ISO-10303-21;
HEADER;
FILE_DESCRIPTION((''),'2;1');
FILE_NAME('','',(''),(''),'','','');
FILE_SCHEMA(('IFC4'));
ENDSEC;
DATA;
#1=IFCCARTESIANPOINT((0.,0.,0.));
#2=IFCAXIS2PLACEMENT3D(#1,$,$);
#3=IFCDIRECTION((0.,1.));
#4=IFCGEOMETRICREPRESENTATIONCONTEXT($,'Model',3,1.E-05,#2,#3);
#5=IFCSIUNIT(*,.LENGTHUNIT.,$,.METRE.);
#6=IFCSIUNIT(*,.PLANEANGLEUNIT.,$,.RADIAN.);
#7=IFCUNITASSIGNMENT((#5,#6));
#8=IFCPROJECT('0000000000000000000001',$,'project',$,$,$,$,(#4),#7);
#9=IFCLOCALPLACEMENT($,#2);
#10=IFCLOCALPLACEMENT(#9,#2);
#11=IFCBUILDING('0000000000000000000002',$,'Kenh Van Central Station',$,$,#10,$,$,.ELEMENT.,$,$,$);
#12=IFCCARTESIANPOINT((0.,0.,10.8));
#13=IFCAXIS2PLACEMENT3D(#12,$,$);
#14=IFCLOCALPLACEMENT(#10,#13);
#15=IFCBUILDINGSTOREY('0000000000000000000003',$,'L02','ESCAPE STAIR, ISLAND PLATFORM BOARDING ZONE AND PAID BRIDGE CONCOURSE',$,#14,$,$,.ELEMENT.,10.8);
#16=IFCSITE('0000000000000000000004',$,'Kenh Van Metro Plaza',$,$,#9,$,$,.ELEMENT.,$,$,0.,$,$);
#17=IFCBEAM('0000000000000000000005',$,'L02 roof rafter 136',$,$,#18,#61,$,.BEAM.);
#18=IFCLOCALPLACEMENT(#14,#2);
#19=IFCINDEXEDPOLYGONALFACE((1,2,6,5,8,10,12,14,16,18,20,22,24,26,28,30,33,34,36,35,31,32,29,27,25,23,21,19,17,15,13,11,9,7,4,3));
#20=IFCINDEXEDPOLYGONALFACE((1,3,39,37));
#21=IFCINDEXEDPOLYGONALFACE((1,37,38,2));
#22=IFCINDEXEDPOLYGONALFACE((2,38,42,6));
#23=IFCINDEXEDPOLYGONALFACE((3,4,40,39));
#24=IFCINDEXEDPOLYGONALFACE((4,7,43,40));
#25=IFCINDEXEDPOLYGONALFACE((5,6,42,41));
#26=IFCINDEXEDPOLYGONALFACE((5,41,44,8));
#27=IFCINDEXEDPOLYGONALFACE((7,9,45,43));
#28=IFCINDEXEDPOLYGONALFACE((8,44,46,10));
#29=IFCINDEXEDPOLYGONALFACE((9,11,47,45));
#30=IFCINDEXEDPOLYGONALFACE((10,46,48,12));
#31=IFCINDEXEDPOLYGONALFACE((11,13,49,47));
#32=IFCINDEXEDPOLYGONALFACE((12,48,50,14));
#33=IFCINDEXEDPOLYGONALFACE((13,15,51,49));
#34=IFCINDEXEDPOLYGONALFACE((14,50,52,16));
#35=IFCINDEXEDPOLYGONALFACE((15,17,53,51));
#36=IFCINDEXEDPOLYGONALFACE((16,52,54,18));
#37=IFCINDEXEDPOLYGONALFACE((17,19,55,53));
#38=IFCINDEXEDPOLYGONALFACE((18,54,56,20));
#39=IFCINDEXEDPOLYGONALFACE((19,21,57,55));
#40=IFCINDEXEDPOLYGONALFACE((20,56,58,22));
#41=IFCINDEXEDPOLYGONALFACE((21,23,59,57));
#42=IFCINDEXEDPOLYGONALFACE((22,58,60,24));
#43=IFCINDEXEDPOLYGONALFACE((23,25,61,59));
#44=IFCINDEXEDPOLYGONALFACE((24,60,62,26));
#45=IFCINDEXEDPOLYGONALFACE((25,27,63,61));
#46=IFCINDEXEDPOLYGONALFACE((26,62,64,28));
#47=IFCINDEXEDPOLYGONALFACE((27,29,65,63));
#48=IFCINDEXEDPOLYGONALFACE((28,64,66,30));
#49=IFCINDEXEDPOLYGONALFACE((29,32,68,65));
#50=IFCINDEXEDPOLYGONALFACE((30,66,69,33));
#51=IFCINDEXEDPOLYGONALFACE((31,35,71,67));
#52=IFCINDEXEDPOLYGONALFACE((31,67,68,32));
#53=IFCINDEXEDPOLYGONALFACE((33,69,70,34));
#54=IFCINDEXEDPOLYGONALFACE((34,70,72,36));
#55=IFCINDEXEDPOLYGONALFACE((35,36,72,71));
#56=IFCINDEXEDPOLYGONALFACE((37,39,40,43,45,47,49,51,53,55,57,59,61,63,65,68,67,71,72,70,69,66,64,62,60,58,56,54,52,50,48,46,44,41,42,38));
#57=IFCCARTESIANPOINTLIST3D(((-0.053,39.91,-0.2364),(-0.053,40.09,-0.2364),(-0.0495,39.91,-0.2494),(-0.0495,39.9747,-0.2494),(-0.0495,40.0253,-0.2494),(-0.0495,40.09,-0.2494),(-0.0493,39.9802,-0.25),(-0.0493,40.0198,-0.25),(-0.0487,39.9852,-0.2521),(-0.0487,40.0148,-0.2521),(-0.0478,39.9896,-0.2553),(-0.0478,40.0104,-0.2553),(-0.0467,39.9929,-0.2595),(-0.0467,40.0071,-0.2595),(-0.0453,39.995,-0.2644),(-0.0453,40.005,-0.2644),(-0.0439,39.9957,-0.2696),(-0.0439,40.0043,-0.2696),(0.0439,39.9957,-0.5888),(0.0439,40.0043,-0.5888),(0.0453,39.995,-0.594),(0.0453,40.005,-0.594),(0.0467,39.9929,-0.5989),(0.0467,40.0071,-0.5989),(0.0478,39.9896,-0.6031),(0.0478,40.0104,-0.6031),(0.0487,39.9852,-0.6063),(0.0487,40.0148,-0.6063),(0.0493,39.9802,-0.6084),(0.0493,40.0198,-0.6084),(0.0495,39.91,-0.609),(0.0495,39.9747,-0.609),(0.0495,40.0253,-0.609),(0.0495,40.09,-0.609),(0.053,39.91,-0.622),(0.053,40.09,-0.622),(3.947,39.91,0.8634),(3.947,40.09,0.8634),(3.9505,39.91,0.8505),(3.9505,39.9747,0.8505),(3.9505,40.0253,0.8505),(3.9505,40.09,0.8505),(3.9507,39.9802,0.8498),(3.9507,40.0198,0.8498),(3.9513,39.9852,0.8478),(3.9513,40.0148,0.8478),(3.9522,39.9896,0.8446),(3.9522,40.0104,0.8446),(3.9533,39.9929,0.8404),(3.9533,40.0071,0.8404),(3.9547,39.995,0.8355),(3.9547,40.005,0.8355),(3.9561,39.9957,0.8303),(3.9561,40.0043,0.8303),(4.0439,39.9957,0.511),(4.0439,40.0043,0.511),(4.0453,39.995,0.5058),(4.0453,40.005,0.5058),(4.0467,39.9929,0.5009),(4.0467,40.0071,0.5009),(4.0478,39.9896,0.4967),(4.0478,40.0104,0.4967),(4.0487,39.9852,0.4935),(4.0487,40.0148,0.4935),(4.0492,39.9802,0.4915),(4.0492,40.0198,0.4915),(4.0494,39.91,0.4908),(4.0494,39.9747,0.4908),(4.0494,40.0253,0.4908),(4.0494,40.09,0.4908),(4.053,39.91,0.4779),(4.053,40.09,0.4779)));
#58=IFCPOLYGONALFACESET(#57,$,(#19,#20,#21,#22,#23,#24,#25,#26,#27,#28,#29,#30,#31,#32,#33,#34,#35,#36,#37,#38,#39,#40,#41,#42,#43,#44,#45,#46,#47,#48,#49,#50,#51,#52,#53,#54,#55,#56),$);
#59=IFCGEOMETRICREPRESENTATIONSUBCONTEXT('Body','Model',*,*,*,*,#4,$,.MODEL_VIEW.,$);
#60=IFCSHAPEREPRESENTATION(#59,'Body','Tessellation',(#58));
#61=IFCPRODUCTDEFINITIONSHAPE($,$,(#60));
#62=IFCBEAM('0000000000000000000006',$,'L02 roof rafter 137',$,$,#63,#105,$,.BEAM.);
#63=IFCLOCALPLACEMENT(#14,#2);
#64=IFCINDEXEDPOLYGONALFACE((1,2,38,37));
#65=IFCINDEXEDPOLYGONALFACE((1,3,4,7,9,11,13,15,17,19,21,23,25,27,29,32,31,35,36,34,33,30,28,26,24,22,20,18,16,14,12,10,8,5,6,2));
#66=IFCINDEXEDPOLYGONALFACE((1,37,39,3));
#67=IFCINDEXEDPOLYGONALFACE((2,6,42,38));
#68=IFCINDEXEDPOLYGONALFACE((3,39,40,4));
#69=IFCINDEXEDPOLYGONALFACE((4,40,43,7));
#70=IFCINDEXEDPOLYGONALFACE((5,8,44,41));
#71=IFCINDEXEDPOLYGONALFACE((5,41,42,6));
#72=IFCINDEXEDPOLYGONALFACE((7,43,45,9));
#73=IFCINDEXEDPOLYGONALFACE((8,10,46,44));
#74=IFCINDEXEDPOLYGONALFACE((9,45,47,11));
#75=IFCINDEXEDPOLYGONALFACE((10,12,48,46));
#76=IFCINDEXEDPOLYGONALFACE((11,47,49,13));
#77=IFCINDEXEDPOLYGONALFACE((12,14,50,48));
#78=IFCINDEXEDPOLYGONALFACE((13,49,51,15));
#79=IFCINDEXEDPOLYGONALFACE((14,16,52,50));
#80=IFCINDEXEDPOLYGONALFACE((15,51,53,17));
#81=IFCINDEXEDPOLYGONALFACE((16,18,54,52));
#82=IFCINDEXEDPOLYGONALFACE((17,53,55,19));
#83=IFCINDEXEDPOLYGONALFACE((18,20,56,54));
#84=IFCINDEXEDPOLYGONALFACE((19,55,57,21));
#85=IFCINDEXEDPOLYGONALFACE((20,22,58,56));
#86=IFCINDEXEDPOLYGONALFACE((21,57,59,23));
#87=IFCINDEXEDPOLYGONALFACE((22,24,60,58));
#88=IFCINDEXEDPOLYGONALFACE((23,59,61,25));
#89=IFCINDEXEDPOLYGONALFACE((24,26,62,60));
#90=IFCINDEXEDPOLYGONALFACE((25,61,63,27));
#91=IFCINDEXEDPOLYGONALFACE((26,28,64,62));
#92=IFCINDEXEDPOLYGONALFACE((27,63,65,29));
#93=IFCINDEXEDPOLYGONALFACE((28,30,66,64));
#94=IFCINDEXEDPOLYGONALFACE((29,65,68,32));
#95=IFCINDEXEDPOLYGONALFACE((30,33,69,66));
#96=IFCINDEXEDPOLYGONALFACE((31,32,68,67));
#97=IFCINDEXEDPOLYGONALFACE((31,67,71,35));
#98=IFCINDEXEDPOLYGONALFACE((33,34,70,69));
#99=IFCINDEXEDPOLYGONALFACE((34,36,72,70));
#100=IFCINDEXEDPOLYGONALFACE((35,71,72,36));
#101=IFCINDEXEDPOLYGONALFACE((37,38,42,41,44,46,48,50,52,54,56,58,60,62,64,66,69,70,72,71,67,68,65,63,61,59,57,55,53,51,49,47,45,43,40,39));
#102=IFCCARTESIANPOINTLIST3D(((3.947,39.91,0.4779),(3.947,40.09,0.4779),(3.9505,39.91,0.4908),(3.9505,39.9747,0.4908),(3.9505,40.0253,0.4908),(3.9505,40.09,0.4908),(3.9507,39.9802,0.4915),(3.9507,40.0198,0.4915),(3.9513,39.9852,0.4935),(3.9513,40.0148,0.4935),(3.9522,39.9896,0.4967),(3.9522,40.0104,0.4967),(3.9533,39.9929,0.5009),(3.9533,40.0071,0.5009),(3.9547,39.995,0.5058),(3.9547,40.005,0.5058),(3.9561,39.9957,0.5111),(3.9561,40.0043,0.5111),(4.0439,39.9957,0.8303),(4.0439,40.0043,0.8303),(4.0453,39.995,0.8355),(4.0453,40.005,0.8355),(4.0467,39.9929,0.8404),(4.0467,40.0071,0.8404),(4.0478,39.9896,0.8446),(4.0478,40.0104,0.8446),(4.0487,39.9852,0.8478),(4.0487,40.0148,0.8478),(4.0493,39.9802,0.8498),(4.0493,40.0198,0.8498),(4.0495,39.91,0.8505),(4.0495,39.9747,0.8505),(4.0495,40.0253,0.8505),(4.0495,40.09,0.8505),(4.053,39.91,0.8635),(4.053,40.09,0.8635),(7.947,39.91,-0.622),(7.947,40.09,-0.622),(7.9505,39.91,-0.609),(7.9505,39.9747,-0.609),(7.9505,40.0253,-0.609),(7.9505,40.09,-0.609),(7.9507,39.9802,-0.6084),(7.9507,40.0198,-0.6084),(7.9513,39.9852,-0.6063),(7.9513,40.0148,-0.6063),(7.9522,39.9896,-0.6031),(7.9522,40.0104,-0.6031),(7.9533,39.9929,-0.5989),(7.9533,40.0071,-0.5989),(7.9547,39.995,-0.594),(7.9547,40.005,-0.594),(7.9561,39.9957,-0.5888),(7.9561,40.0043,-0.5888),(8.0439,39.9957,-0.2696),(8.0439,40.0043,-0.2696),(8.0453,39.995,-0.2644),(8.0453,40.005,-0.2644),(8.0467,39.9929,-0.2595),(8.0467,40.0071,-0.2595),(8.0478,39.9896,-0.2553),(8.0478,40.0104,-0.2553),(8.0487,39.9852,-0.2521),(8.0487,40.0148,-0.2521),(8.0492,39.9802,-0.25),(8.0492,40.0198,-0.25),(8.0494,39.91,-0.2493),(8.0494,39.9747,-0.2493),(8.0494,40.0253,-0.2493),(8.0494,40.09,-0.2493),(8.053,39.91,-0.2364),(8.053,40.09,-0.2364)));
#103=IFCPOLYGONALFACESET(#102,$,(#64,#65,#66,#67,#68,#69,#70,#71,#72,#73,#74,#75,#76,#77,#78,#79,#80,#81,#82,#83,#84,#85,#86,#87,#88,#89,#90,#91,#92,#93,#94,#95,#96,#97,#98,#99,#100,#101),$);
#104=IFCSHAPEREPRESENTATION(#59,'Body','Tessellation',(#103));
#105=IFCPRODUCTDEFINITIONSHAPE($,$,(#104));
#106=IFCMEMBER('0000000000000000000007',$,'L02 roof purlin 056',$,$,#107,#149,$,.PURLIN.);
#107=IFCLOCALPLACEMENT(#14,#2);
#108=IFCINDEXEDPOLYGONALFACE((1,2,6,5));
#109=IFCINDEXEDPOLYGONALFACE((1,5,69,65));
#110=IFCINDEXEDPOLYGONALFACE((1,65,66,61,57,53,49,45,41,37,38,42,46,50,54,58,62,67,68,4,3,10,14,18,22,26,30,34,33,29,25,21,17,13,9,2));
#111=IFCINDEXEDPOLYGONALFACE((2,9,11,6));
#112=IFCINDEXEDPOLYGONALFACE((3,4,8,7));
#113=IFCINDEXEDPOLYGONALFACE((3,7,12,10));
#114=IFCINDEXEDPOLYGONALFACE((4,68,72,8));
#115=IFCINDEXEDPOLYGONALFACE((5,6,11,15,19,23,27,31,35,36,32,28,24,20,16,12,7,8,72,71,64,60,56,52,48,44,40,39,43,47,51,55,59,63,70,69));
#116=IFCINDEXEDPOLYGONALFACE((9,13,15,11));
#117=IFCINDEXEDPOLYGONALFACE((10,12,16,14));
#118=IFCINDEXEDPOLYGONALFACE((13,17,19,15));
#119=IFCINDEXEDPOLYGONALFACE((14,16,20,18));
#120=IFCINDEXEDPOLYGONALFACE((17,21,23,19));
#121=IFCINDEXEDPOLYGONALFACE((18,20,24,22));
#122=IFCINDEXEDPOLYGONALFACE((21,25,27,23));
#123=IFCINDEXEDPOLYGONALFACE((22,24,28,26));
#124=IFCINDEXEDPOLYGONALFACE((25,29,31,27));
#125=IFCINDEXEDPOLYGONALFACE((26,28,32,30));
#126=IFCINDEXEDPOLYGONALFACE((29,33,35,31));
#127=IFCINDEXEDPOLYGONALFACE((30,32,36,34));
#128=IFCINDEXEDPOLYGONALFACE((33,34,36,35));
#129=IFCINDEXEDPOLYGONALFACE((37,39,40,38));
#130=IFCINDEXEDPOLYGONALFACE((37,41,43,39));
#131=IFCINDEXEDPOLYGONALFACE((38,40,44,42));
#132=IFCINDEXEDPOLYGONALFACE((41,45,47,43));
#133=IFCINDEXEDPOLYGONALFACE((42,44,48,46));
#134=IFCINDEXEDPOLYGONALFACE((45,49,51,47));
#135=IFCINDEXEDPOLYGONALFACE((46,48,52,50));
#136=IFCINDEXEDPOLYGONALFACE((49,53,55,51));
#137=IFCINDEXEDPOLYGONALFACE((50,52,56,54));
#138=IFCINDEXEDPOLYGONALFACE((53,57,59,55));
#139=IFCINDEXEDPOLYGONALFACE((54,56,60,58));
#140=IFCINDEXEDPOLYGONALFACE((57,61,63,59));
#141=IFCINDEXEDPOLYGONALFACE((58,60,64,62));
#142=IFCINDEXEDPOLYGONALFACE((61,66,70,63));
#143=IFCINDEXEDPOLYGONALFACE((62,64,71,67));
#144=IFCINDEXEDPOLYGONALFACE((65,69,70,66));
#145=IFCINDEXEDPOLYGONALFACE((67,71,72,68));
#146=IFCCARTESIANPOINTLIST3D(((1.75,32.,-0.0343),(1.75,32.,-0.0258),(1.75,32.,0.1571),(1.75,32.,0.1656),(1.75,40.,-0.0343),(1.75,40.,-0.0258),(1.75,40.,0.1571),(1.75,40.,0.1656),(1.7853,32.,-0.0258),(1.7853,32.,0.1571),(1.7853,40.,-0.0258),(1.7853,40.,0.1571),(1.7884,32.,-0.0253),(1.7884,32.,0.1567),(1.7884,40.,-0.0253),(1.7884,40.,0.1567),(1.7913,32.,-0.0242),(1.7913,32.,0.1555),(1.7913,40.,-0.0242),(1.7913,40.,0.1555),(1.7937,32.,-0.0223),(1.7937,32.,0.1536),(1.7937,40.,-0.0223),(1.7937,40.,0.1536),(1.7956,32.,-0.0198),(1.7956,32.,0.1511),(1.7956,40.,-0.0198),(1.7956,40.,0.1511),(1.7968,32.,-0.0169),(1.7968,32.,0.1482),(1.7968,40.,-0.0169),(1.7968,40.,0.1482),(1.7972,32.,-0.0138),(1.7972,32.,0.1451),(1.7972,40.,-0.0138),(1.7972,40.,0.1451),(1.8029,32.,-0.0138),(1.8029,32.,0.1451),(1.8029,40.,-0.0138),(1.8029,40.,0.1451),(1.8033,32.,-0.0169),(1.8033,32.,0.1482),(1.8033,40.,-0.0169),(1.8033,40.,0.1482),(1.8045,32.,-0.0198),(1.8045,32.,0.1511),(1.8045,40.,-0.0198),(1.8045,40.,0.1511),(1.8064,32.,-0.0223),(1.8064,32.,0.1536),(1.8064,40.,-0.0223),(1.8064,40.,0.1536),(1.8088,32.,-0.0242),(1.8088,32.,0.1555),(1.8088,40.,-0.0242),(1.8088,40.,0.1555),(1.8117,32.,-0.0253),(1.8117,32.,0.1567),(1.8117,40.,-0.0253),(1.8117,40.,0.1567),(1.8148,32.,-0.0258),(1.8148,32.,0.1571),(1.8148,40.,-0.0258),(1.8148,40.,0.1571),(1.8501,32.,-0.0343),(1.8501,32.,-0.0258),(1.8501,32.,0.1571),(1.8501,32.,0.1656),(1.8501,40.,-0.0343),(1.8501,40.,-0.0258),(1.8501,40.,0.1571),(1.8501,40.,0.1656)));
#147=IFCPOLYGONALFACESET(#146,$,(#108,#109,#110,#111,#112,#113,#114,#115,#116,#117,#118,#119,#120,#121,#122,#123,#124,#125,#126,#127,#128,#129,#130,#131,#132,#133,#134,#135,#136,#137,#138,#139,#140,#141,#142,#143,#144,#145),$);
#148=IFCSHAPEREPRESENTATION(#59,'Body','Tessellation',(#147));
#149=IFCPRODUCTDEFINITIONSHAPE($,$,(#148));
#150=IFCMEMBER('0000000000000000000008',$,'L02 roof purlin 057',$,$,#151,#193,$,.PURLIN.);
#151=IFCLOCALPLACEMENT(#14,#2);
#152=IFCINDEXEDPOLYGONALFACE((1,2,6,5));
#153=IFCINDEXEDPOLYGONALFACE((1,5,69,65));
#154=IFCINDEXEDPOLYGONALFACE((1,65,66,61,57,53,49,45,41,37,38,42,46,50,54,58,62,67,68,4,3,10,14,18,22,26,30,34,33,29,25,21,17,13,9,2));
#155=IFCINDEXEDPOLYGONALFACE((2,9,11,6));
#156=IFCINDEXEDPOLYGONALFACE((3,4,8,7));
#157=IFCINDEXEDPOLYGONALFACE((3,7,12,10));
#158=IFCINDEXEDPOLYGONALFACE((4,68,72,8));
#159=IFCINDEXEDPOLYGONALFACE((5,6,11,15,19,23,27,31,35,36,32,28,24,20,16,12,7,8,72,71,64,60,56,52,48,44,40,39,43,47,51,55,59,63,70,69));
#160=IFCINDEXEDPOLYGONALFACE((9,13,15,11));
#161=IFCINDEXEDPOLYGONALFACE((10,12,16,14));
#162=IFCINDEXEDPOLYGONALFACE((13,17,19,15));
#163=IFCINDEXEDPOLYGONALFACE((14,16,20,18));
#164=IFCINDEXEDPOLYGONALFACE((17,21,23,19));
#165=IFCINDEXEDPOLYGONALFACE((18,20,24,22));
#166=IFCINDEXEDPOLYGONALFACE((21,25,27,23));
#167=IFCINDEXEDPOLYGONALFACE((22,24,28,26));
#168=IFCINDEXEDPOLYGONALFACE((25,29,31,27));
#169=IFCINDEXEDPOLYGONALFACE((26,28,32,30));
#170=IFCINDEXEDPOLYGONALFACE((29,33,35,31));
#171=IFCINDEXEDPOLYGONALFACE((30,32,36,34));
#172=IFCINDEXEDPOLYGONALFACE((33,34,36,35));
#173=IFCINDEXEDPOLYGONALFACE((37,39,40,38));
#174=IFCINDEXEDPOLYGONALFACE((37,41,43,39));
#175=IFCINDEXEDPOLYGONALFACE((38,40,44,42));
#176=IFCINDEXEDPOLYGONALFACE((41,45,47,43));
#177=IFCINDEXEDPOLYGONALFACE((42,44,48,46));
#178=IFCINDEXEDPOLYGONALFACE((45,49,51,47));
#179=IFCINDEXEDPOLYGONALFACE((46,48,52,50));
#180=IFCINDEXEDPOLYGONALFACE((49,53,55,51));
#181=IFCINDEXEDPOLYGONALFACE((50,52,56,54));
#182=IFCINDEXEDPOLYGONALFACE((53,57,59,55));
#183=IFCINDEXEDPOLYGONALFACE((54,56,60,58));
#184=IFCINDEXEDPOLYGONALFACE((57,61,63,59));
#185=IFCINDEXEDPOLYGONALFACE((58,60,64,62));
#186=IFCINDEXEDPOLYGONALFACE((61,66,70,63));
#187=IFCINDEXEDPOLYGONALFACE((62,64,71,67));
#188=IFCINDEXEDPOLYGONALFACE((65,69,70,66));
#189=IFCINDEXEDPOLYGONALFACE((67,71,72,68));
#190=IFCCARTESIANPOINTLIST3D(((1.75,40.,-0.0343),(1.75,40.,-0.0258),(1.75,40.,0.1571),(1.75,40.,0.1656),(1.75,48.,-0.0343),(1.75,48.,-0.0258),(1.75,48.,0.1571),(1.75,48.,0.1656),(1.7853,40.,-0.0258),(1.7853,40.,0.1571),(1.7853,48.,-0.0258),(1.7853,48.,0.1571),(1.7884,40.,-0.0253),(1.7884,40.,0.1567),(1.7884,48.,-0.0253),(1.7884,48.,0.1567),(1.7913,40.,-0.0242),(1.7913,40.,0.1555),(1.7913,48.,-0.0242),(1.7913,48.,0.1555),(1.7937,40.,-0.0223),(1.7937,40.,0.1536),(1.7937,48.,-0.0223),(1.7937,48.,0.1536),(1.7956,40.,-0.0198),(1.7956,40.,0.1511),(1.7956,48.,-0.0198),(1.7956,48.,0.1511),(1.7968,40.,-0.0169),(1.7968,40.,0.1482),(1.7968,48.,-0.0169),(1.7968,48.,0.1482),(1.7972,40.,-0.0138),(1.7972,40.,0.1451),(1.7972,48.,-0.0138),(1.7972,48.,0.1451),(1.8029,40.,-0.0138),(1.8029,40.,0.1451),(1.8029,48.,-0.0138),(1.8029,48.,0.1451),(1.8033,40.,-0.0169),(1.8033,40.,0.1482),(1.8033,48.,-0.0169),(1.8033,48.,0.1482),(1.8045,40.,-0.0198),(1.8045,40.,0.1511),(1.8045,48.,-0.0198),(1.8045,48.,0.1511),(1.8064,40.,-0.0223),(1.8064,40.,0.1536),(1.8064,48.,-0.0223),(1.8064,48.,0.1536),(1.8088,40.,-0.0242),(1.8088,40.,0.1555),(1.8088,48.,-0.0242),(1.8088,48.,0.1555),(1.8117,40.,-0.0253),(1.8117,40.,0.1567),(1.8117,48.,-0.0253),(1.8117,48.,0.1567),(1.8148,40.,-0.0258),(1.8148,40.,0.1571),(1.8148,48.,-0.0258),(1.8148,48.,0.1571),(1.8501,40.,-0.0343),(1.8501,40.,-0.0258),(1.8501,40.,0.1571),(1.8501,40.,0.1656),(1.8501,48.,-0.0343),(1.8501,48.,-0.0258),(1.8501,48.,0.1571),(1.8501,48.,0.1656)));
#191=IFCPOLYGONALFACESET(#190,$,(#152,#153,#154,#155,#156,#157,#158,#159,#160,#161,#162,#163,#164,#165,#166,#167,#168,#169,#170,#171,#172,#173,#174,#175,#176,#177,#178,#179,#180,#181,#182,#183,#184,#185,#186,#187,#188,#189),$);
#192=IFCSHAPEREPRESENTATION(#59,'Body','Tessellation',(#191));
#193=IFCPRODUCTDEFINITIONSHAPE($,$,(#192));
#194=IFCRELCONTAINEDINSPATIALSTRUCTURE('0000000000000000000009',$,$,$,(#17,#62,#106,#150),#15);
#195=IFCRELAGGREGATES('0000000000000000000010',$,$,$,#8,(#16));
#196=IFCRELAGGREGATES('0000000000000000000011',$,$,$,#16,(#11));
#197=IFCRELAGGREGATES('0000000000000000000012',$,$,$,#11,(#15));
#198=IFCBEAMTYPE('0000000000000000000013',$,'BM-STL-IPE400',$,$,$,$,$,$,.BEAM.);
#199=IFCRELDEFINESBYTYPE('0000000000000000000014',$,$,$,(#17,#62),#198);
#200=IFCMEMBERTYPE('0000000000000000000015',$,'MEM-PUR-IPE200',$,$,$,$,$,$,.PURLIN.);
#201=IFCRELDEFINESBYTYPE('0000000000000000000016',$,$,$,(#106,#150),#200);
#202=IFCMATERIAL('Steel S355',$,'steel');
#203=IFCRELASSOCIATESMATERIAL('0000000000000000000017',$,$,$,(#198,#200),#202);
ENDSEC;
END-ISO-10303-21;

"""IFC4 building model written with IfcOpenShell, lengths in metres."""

from ifc_helpers import new_model, si_unit, direction, frame, origin, origin_2d, place, context, subcontext, project, spatial, i_section, extrude, material, material_profile, profile_set, type_object, element, save


model = new_model("IFC4")

# Units and contexts
model_context = context("Model", 3, precision=1e-05, world=origin(), true_north=direction((0.0, 1.0)))
body_context = subcontext(model_context, "Body", "Model", "MODEL_VIEW")
ifc_project = project(units=[si_unit("LENGTHUNIT", "METRE"), si_unit("PLANEANGLEUNIT", "RADIAN")], contexts=[model_context])

# Site, building, storey
site_placement = place(None, origin())
site = spatial("IfcSite", under=ifc_project, at=site_placement, Name="Kenh Van Metro Plaza", CompositionType="ELEMENT", RefElevation=0.0)
building_placement = place(site_placement, origin())
building = spatial("IfcBuilding", under=site, at=building_placement, Name="Kenh Van Central Station", CompositionType="ELEMENT")
storey_placement = place(building_placement, frame((0.0, 0.0, 10.8)))
storey = spatial("IfcBuildingStorey", under=building, at=storey_placement, Name="L02", Description="ESCAPE STAIR, ISLAND PLATFORM BOARDING ZONE AND PAID BRIDGE CONCOURSE", CompositionType="ELEMENT", Elevation=10.8)

# Beams
ifc_material_1 = material(Name="Steel S355", Category="steel")
ifc_material_profile_1 = material_profile(ifc_material_1, i_section(OverallWidth=0.1799, OverallDepth=0.3999, WebThickness=0.0085, FlangeThickness=0.0134, FilletRadius=0.021, at=origin_2d()), Name="IPE 400")
ifc_profile_set_1 = profile_set([ifc_material_profile_1], Name="Steel S355")
beam_type_1 = type_object("IfcBeamType", Name="BM-STL-IPE400", PredefinedType="BEAM", material=ifc_profile_set_1)
for number, where, z_axis, x_axis, name in (
    (1, (0.0, 40.0, -0.4292), (0.964214, 0.0, 0.265124), (0.0, 1.0, 0.0), "L02 roof rafter 136"),
    (2, (4.0, 40.0, 0.6707), (0.964214, 0.0, -0.265124), (0.0, 1.0, 0.0), "L02 roof rafter 137"),
):
    element("IfcBeam", number, at=place(storey_placement, frame(where, z_axis=z_axis, x_axis=x_axis)), inside=storey, type_object=beam_type_1, Name=name, PredefinedType="BEAM", context=body_context, shape_type="SweptSolid", body=[
        extrude(i_section(OverallWidth=0.1799, OverallDepth=0.3999, WebThickness=0.0085, FlangeThickness=0.0134, FilletRadius=0.021, at=origin_2d()), origin(), (0.0, 0.0, 1.0), 4.1484),
    ])

# Members
ifc_material_profile_2 = material_profile(ifc_material_1, i_section(OverallWidth=0.1001, OverallDepth=0.2, WebThickness=0.0056, FlangeThickness=0.0085, FilletRadius=0.012, at=origin_2d()), Name="IPE 200")
ifc_profile_set_2 = profile_set([ifc_material_profile_2], Name="Steel S355")
member_type_1 = type_object("IfcMemberType", Name="MEM-PUR-IPE200", PredefinedType="PURLIN", material=ifc_profile_set_2)
for number, where, z_axis, x_axis, name in (
    (3, (1.8, 32.0, 0.0657), (0.0, 1.0, 0.0), (-1.0, 0.0, 0.0), "L02 roof purlin 056"),
    (4, (1.8, 40.0, 0.0657), (0.0, 1.0, 0.0), (-1.0, 0.0, 0.0), "L02 roof purlin 057"),
):
    element("IfcMember", number, at=place(storey_placement, frame(where, z_axis=z_axis, x_axis=x_axis)), inside=storey, type_object=member_type_1, Name=name, PredefinedType="PURLIN", context=body_context, shape_type="SweptSolid", body=[
        extrude(i_section(OverallWidth=0.1001, OverallDepth=0.2, WebThickness=0.0056, FlangeThickness=0.0085, FilletRadius=0.012, at=origin_2d()), origin(), (0.0, 0.0, 1.0), 8.0),
    ])

save(model, "model.ifc")
